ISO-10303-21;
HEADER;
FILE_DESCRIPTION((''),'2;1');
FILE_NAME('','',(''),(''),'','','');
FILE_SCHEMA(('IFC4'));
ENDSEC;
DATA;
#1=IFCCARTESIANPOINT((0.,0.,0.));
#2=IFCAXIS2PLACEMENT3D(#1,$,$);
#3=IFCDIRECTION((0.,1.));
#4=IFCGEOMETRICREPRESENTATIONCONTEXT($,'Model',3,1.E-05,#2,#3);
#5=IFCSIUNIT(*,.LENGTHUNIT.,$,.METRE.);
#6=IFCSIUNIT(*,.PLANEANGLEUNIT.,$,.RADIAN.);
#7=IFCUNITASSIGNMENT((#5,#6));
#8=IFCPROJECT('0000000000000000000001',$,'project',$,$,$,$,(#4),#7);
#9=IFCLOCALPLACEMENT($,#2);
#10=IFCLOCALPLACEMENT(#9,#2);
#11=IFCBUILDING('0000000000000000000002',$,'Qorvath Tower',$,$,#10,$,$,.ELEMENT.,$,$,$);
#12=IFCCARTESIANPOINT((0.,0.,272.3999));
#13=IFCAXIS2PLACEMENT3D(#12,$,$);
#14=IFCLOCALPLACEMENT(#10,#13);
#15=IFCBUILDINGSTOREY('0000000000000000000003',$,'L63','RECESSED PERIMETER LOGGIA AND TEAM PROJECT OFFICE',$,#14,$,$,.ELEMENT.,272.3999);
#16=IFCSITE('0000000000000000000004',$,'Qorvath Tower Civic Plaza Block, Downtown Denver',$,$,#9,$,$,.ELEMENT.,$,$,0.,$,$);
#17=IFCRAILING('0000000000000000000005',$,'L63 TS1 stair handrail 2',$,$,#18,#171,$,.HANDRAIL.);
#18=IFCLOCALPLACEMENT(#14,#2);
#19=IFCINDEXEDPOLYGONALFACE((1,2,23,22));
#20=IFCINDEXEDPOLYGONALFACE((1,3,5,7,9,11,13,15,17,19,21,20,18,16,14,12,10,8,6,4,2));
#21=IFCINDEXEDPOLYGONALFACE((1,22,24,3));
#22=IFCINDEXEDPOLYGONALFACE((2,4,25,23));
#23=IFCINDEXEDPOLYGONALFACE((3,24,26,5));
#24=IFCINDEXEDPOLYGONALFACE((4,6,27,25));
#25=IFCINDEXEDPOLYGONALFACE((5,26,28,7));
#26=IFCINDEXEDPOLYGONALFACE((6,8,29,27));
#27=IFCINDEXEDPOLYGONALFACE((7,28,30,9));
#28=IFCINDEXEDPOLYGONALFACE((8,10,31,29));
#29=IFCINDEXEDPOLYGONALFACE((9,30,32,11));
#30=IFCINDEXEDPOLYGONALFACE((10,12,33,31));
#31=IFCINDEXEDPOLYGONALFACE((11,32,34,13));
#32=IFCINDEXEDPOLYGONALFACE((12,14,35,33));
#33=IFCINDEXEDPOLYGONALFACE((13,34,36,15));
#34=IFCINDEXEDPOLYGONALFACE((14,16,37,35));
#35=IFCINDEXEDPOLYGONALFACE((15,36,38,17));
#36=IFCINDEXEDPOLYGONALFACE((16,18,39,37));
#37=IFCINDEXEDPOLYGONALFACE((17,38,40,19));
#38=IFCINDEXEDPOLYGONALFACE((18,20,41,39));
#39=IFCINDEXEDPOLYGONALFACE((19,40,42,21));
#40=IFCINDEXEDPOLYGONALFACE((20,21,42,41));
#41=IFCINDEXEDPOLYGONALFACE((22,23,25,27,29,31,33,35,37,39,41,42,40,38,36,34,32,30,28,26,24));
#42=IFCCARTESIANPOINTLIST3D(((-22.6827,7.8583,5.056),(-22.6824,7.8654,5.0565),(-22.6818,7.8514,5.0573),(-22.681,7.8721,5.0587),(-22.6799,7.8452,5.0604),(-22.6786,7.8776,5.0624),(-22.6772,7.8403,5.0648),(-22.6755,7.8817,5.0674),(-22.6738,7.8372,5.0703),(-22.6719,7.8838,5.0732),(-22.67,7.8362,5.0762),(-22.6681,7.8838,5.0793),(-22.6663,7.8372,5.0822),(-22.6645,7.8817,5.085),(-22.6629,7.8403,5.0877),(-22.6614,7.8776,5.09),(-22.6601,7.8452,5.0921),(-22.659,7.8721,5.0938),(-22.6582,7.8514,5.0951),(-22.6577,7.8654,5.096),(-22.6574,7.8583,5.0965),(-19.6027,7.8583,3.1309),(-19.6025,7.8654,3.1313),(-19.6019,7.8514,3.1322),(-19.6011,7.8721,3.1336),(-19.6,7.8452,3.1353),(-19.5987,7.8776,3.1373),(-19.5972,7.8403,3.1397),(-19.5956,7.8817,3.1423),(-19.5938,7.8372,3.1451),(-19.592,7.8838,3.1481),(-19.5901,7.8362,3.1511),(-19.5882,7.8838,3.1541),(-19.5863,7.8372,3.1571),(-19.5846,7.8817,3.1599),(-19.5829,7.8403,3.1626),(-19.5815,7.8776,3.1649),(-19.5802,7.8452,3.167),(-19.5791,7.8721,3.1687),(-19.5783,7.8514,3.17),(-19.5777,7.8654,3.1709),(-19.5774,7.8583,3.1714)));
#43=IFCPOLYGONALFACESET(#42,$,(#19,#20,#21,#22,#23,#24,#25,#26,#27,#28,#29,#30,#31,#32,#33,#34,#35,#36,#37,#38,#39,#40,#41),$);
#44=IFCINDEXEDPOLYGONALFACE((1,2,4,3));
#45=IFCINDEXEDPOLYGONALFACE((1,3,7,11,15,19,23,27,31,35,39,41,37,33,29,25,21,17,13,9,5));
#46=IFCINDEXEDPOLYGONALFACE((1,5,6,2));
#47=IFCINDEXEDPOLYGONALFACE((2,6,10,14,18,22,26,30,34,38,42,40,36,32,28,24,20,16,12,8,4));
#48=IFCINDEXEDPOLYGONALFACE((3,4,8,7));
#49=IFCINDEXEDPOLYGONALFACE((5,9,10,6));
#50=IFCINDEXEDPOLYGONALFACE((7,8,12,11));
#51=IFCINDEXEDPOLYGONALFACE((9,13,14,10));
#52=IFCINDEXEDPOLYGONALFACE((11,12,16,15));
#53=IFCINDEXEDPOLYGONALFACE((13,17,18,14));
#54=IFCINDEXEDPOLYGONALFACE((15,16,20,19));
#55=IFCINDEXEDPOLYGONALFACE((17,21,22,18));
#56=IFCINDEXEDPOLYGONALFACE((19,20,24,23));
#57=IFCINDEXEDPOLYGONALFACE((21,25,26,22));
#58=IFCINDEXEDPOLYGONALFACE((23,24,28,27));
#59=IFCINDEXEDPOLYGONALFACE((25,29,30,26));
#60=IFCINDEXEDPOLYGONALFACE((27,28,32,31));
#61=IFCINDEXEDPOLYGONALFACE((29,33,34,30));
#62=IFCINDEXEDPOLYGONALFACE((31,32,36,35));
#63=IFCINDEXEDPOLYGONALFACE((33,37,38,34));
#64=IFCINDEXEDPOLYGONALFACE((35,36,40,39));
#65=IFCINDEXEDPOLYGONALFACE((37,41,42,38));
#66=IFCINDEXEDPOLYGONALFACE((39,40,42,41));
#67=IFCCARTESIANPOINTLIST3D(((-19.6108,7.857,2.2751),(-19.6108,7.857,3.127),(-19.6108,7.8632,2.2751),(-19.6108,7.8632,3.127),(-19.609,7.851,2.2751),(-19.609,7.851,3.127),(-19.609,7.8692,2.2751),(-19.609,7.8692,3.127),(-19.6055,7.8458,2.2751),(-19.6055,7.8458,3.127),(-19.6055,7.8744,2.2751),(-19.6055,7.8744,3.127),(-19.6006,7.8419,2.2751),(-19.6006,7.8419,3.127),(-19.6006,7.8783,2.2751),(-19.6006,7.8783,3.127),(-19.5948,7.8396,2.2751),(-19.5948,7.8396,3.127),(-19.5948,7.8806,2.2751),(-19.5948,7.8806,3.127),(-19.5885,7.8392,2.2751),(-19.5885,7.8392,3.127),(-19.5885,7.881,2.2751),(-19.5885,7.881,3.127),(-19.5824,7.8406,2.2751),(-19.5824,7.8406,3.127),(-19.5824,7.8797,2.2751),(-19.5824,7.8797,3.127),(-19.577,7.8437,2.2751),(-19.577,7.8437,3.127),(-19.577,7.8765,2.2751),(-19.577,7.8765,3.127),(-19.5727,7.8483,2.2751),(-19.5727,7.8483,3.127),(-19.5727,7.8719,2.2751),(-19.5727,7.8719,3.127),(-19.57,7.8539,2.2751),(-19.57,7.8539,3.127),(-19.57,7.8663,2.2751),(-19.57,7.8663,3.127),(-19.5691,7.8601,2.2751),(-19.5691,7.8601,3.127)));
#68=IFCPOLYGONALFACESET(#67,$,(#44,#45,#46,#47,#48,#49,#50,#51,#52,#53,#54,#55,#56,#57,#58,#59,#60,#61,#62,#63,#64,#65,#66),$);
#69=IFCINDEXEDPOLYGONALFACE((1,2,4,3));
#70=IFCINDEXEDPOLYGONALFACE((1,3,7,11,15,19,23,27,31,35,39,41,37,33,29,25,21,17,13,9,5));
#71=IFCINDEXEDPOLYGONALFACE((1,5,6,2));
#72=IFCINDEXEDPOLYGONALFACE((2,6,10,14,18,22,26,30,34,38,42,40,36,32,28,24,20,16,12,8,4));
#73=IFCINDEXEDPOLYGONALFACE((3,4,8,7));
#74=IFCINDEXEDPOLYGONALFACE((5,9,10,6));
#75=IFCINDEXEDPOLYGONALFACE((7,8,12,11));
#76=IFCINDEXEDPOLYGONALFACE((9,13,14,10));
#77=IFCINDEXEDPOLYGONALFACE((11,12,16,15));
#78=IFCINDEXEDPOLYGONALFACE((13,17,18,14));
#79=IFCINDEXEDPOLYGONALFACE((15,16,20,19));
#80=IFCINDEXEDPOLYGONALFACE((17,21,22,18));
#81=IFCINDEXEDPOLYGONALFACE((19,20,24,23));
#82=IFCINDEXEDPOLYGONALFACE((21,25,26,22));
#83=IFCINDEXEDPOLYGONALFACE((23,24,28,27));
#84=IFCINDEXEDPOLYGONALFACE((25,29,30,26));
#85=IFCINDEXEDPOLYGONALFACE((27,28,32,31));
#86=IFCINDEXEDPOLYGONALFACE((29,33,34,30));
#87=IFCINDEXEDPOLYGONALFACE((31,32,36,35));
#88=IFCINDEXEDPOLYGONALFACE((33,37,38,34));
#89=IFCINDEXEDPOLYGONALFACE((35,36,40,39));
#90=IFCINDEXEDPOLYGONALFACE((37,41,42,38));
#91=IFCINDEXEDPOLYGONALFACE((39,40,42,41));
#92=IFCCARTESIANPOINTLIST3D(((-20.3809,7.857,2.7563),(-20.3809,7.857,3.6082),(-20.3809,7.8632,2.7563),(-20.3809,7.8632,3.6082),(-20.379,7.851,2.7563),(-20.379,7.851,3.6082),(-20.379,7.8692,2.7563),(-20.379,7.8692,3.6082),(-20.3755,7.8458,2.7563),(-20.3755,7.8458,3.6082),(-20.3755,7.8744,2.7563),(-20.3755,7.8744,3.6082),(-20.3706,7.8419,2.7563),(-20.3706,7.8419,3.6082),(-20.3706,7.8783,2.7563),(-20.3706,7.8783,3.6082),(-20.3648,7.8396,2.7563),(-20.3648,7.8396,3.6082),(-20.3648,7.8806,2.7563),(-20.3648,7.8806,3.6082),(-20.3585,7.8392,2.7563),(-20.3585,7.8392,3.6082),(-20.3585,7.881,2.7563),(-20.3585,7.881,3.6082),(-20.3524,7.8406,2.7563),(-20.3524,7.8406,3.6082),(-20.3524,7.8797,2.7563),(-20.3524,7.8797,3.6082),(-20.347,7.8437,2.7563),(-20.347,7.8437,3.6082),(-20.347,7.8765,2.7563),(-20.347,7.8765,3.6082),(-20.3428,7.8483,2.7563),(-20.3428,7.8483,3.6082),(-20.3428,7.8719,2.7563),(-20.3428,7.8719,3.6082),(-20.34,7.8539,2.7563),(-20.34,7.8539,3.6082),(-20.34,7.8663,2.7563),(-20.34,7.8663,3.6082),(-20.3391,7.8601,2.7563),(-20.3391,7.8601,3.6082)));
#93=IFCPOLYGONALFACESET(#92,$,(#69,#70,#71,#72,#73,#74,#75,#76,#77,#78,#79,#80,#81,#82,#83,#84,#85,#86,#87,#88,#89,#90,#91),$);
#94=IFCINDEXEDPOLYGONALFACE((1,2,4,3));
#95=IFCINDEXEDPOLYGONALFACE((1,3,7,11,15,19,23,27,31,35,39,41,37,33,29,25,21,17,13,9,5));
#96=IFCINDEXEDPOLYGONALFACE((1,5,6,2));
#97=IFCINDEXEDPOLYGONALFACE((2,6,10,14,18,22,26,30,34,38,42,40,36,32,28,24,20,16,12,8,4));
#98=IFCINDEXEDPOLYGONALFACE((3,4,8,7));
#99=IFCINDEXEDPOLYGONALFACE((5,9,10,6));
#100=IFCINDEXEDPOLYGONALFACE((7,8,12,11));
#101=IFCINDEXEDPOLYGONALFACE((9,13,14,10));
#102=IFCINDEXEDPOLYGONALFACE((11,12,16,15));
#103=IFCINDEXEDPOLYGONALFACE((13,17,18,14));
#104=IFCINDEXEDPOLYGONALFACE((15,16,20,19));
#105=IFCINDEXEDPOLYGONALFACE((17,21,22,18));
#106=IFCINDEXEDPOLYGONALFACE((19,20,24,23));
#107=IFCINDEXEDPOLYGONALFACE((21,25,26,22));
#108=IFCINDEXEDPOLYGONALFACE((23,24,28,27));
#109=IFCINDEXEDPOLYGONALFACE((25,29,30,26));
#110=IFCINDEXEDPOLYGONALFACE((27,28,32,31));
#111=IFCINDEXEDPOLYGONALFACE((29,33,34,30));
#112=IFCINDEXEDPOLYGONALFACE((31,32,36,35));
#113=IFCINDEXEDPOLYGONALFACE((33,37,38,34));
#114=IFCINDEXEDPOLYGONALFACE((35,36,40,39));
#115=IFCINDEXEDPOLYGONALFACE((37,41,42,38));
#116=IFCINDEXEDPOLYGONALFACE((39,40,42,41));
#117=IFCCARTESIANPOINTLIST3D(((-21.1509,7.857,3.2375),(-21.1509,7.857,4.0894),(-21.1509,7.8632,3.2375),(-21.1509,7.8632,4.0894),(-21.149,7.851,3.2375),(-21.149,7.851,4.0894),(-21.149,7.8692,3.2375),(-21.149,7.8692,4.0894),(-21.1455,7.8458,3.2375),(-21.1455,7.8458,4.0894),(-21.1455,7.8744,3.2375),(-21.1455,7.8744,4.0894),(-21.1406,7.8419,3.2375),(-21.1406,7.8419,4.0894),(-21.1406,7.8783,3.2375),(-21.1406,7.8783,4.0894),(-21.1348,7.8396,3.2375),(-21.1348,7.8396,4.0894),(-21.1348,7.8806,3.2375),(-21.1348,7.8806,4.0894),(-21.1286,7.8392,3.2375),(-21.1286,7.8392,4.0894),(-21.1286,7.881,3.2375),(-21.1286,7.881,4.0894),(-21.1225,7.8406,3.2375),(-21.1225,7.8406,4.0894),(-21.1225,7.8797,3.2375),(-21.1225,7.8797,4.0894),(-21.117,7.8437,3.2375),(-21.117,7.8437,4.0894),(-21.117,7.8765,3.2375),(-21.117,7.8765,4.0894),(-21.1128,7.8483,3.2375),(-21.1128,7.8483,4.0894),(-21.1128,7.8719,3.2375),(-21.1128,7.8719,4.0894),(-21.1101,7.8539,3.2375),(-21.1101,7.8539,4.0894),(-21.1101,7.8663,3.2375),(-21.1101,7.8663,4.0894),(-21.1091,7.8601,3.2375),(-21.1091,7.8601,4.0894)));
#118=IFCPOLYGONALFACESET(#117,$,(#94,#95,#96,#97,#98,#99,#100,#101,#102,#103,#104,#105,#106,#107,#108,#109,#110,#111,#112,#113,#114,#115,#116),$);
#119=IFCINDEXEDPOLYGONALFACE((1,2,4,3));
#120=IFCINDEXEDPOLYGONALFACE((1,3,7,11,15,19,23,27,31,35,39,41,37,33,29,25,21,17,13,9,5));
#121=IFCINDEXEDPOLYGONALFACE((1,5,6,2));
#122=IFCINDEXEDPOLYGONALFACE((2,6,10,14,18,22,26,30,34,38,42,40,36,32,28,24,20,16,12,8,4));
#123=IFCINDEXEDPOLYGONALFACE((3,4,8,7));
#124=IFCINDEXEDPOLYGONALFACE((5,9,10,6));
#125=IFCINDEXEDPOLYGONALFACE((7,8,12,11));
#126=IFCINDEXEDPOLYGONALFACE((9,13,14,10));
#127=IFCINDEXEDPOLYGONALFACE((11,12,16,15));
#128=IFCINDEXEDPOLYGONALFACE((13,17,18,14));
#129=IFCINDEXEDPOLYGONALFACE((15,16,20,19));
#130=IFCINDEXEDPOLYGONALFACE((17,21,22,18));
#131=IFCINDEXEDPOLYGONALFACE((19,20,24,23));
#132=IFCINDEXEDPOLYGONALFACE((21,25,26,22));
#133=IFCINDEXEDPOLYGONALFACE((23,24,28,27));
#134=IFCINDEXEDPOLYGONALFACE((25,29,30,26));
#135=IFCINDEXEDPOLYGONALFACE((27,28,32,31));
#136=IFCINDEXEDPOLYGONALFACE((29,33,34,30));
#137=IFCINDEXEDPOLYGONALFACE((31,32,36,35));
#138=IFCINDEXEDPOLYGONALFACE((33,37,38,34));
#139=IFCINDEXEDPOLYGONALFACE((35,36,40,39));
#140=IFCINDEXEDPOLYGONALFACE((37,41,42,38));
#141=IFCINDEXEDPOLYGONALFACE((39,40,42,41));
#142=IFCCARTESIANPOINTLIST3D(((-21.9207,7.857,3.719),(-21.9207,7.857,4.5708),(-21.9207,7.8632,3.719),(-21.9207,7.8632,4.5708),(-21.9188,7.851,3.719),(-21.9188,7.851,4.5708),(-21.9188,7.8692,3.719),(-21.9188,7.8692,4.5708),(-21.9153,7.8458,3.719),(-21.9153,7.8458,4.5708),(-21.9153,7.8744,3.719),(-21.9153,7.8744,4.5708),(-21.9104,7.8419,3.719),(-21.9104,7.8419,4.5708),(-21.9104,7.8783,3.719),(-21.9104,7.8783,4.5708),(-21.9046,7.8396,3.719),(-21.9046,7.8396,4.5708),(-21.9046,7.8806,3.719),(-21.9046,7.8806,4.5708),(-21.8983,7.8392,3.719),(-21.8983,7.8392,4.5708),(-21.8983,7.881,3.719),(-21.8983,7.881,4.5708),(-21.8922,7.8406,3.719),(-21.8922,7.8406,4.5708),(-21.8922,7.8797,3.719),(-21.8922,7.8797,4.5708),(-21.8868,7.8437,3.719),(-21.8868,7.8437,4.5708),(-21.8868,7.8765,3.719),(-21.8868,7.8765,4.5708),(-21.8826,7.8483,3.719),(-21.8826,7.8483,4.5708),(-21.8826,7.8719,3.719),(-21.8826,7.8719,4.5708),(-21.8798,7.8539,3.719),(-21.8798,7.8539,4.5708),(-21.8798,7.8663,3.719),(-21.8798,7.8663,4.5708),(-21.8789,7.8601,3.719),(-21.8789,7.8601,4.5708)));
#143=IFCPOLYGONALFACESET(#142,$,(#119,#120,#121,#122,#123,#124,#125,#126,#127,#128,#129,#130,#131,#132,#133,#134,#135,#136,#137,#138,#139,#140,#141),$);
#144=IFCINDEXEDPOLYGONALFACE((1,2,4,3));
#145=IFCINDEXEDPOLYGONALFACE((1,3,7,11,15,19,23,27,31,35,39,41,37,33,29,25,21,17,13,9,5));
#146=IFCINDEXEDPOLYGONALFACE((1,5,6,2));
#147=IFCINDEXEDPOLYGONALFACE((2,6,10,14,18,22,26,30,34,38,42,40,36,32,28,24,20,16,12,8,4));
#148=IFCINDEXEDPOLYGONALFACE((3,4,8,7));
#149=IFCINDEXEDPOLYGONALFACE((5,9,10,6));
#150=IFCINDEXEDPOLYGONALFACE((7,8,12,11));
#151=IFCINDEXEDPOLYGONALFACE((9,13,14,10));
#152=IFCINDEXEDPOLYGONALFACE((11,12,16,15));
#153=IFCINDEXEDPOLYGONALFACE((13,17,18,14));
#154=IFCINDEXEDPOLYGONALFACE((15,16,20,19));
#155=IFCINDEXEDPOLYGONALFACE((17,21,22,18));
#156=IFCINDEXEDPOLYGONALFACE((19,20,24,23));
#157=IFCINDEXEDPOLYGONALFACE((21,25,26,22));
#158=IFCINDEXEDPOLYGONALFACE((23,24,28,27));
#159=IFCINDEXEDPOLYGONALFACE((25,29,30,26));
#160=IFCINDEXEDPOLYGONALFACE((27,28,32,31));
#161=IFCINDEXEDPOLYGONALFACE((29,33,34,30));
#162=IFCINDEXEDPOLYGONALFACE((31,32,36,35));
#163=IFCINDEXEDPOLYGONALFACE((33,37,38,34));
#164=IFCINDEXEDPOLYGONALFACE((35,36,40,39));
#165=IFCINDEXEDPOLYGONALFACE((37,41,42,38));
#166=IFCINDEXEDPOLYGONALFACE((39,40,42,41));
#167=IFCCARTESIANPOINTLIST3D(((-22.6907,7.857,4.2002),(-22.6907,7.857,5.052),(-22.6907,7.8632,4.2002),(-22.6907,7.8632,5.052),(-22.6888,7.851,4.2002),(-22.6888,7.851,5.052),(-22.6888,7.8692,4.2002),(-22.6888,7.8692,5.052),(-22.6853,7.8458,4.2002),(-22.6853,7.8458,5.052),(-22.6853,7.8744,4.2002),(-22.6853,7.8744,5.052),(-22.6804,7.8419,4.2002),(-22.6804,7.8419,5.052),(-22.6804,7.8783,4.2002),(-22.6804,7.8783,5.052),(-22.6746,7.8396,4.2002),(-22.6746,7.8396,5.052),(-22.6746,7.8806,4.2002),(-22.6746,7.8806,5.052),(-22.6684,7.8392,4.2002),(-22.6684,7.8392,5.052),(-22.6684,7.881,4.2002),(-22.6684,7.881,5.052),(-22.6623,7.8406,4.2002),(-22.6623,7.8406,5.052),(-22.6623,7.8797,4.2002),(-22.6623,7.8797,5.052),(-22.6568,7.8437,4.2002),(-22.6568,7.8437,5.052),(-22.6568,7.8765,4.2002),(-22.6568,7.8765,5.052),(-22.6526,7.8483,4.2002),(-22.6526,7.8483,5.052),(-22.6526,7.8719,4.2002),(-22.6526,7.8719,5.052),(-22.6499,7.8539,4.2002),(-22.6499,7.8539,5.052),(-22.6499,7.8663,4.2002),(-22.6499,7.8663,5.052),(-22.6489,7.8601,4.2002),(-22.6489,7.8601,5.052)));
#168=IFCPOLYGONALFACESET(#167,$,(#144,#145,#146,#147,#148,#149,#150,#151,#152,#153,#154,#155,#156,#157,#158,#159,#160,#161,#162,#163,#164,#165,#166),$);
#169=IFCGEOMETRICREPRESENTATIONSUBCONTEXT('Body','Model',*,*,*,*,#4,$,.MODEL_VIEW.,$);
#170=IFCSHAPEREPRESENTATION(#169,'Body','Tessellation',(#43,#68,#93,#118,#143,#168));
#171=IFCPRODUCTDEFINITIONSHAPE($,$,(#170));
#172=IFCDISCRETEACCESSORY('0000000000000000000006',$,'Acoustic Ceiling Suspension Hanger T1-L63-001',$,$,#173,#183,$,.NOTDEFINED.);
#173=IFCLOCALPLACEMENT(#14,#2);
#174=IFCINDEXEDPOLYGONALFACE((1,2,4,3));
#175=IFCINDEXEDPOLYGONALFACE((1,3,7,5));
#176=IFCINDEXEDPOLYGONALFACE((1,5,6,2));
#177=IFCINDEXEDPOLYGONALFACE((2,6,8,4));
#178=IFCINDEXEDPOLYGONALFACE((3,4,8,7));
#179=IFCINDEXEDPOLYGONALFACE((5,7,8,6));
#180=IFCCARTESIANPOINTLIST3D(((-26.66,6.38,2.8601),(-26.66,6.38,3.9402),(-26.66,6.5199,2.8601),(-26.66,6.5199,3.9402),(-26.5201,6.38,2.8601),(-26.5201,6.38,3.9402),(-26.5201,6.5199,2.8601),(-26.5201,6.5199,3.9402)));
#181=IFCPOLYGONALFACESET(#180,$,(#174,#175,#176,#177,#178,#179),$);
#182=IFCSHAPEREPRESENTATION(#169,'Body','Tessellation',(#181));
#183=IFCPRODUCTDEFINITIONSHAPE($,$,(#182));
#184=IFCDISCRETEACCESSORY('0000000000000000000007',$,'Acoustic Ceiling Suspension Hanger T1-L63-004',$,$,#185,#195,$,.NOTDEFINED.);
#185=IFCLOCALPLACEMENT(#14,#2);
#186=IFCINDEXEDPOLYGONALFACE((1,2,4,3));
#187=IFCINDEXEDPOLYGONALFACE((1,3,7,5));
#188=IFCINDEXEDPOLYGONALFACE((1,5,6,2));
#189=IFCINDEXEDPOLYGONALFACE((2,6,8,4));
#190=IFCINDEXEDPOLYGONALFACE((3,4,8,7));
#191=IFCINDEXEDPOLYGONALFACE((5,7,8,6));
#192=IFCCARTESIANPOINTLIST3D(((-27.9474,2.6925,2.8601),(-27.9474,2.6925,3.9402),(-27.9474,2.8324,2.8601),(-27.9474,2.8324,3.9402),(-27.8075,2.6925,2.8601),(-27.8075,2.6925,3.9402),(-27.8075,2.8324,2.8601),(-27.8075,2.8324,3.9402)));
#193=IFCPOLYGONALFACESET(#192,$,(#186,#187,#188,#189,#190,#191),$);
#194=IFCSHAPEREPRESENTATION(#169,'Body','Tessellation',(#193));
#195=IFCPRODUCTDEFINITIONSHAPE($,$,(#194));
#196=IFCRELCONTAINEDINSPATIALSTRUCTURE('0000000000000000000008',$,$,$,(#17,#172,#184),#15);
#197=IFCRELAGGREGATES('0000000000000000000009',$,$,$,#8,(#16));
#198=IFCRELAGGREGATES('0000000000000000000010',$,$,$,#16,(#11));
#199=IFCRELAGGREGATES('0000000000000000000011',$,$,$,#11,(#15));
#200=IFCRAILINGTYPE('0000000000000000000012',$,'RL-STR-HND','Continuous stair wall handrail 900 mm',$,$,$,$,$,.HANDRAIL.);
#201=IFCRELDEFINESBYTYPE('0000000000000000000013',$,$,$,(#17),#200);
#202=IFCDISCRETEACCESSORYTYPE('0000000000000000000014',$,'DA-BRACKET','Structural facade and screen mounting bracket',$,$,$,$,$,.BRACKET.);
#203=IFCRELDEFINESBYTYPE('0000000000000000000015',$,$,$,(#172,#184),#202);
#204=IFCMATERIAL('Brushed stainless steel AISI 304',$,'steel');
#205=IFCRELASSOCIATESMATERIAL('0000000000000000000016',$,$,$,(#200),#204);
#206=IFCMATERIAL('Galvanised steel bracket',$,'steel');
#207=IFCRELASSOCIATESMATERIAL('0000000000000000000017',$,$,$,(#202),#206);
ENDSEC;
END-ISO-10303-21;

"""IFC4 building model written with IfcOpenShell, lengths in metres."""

from ifc_helpers import new_model, si_unit, direction, frame, origin, origin_2d, place, context, subcontext, project, spatial, rectangle, circle, extrude, material, type_object, element, save


model = new_model("IFC4")

# Units and contexts
model_context = context("Model", 3, precision=1e-05, world=origin(), true_north=direction((0.0, 1.0)))
body_context = subcontext(model_context, "Body", "Model", "MODEL_VIEW")
ifc_project = project(units=[si_unit("LENGTHUNIT", "METRE"), si_unit("PLANEANGLEUNIT", "RADIAN")], contexts=[model_context])

# Site, building, storey
site_placement = place(None, origin())
site = spatial("IfcSite", under=ifc_project, at=site_placement, Name="Qorvath Tower Civic Plaza Block, Downtown Denver", CompositionType="ELEMENT", RefElevation=0.0)
building_placement = place(site_placement, origin())
building = spatial("IfcBuilding", under=site, at=building_placement, Name="Qorvath Tower", CompositionType="ELEMENT")
storey_placement = place(building_placement, frame((0.0, 0.0, 272.3999)))
storey = spatial("IfcBuildingStorey", under=building, at=storey_placement, Name="L63", Description="RECESSED PERIMETER LOGGIA AND TEAM PROJECT OFFICE", CompositionType="ELEMENT", Elevation=272.3999)

# Railing
ifc_material_1 = material(Name="Brushed stainless steel AISI 304", Category="steel")
railing_type_1 = type_object("IfcRailingType", Name="RL-STR-HND", Description="Continuous stair wall handrail 900 mm", PredefinedType="HANDRAIL", material=ifc_material_1)
railing_1_placement = place(storey_placement, frame((-19.5901, 7.8601, 2.2751)))
element("IfcRailing", 1, at=railing_1_placement, inside=storey, type_object=railing_type_1, Name="L63 TS1 stair handrail 2", PredefinedType="HANDRAIL", context=body_context, shape_type="SweptSolid", body=[
    extrude(circle(Radius=0.0239, at=origin_2d()), frame((0.0, 0.0, 0.876), z_axis=(-0.847979, 0.0, 0.530029), x_axis=(0.0, -1.0, 0.0)), (0.0, 0.0, 1.0), 3.6321),
    extrude(circle(Radius=0.021, at=origin_2d()), origin(), (0.0, 0.0, 1.0), 0.8518),
    extrude(circle(Radius=0.021, at=origin_2d()), frame((-0.77, 0.0, 0.4812)), (0.0, 0.0, 1.0), 0.8518),
    extrude(circle(Radius=0.021, at=origin_2d()), frame((-1.54, 0.0, 0.9624)), (0.0, 0.0, 1.0), 0.8518),
    extrude(circle(Radius=0.021, at=origin_2d()), frame((-2.3098, 0.0, 1.4438)), (0.0, 0.0, 1.0), 0.8518),
    extrude(circle(Radius=0.021, at=origin_2d()), frame((-3.0798, 0.0, 1.925)), (0.0, 0.0, 1.0), 0.8518),
])

# Discrete accessories
ifc_material_2 = material(Name="Galvanised steel bracket", Category="steel")
discrete_accessory_type = type_object("IfcDiscreteAccessoryType", Name="DA-BRACKET", Description="Structural facade and screen mounting bracket", PredefinedType="BRACKET", material=ifc_material_2)
for number, where, z_axis, x_axis, name in (
    (2, (-26.5901, 6.45, 2.8601), (0.0, 0.0, 1.0), (1.0, 0.0, 0.0), "Acoustic Ceiling Suspension Hanger T1-L63-001"),
    (3, (-27.8774, 2.7625, 2.8601), (0.0, 0.0, 1.0), (1.0, 0.0, 0.0), "Acoustic Ceiling Suspension Hanger T1-L63-004"),
):
    element("IfcDiscreteAccessory", number, at=place(storey_placement, frame(where, z_axis=z_axis, x_axis=x_axis)), inside=storey, type_object=discrete_accessory_type, Name=name, PredefinedType="NOTDEFINED", context=body_context, shape_type="SweptSolid", body=[
        extrude(rectangle(XDim=0.1399, YDim=0.1399, at=origin_2d()), origin(), (0.0, 0.0, 1.0), 1.0801),
    ])

save(model, "model.ifc")
